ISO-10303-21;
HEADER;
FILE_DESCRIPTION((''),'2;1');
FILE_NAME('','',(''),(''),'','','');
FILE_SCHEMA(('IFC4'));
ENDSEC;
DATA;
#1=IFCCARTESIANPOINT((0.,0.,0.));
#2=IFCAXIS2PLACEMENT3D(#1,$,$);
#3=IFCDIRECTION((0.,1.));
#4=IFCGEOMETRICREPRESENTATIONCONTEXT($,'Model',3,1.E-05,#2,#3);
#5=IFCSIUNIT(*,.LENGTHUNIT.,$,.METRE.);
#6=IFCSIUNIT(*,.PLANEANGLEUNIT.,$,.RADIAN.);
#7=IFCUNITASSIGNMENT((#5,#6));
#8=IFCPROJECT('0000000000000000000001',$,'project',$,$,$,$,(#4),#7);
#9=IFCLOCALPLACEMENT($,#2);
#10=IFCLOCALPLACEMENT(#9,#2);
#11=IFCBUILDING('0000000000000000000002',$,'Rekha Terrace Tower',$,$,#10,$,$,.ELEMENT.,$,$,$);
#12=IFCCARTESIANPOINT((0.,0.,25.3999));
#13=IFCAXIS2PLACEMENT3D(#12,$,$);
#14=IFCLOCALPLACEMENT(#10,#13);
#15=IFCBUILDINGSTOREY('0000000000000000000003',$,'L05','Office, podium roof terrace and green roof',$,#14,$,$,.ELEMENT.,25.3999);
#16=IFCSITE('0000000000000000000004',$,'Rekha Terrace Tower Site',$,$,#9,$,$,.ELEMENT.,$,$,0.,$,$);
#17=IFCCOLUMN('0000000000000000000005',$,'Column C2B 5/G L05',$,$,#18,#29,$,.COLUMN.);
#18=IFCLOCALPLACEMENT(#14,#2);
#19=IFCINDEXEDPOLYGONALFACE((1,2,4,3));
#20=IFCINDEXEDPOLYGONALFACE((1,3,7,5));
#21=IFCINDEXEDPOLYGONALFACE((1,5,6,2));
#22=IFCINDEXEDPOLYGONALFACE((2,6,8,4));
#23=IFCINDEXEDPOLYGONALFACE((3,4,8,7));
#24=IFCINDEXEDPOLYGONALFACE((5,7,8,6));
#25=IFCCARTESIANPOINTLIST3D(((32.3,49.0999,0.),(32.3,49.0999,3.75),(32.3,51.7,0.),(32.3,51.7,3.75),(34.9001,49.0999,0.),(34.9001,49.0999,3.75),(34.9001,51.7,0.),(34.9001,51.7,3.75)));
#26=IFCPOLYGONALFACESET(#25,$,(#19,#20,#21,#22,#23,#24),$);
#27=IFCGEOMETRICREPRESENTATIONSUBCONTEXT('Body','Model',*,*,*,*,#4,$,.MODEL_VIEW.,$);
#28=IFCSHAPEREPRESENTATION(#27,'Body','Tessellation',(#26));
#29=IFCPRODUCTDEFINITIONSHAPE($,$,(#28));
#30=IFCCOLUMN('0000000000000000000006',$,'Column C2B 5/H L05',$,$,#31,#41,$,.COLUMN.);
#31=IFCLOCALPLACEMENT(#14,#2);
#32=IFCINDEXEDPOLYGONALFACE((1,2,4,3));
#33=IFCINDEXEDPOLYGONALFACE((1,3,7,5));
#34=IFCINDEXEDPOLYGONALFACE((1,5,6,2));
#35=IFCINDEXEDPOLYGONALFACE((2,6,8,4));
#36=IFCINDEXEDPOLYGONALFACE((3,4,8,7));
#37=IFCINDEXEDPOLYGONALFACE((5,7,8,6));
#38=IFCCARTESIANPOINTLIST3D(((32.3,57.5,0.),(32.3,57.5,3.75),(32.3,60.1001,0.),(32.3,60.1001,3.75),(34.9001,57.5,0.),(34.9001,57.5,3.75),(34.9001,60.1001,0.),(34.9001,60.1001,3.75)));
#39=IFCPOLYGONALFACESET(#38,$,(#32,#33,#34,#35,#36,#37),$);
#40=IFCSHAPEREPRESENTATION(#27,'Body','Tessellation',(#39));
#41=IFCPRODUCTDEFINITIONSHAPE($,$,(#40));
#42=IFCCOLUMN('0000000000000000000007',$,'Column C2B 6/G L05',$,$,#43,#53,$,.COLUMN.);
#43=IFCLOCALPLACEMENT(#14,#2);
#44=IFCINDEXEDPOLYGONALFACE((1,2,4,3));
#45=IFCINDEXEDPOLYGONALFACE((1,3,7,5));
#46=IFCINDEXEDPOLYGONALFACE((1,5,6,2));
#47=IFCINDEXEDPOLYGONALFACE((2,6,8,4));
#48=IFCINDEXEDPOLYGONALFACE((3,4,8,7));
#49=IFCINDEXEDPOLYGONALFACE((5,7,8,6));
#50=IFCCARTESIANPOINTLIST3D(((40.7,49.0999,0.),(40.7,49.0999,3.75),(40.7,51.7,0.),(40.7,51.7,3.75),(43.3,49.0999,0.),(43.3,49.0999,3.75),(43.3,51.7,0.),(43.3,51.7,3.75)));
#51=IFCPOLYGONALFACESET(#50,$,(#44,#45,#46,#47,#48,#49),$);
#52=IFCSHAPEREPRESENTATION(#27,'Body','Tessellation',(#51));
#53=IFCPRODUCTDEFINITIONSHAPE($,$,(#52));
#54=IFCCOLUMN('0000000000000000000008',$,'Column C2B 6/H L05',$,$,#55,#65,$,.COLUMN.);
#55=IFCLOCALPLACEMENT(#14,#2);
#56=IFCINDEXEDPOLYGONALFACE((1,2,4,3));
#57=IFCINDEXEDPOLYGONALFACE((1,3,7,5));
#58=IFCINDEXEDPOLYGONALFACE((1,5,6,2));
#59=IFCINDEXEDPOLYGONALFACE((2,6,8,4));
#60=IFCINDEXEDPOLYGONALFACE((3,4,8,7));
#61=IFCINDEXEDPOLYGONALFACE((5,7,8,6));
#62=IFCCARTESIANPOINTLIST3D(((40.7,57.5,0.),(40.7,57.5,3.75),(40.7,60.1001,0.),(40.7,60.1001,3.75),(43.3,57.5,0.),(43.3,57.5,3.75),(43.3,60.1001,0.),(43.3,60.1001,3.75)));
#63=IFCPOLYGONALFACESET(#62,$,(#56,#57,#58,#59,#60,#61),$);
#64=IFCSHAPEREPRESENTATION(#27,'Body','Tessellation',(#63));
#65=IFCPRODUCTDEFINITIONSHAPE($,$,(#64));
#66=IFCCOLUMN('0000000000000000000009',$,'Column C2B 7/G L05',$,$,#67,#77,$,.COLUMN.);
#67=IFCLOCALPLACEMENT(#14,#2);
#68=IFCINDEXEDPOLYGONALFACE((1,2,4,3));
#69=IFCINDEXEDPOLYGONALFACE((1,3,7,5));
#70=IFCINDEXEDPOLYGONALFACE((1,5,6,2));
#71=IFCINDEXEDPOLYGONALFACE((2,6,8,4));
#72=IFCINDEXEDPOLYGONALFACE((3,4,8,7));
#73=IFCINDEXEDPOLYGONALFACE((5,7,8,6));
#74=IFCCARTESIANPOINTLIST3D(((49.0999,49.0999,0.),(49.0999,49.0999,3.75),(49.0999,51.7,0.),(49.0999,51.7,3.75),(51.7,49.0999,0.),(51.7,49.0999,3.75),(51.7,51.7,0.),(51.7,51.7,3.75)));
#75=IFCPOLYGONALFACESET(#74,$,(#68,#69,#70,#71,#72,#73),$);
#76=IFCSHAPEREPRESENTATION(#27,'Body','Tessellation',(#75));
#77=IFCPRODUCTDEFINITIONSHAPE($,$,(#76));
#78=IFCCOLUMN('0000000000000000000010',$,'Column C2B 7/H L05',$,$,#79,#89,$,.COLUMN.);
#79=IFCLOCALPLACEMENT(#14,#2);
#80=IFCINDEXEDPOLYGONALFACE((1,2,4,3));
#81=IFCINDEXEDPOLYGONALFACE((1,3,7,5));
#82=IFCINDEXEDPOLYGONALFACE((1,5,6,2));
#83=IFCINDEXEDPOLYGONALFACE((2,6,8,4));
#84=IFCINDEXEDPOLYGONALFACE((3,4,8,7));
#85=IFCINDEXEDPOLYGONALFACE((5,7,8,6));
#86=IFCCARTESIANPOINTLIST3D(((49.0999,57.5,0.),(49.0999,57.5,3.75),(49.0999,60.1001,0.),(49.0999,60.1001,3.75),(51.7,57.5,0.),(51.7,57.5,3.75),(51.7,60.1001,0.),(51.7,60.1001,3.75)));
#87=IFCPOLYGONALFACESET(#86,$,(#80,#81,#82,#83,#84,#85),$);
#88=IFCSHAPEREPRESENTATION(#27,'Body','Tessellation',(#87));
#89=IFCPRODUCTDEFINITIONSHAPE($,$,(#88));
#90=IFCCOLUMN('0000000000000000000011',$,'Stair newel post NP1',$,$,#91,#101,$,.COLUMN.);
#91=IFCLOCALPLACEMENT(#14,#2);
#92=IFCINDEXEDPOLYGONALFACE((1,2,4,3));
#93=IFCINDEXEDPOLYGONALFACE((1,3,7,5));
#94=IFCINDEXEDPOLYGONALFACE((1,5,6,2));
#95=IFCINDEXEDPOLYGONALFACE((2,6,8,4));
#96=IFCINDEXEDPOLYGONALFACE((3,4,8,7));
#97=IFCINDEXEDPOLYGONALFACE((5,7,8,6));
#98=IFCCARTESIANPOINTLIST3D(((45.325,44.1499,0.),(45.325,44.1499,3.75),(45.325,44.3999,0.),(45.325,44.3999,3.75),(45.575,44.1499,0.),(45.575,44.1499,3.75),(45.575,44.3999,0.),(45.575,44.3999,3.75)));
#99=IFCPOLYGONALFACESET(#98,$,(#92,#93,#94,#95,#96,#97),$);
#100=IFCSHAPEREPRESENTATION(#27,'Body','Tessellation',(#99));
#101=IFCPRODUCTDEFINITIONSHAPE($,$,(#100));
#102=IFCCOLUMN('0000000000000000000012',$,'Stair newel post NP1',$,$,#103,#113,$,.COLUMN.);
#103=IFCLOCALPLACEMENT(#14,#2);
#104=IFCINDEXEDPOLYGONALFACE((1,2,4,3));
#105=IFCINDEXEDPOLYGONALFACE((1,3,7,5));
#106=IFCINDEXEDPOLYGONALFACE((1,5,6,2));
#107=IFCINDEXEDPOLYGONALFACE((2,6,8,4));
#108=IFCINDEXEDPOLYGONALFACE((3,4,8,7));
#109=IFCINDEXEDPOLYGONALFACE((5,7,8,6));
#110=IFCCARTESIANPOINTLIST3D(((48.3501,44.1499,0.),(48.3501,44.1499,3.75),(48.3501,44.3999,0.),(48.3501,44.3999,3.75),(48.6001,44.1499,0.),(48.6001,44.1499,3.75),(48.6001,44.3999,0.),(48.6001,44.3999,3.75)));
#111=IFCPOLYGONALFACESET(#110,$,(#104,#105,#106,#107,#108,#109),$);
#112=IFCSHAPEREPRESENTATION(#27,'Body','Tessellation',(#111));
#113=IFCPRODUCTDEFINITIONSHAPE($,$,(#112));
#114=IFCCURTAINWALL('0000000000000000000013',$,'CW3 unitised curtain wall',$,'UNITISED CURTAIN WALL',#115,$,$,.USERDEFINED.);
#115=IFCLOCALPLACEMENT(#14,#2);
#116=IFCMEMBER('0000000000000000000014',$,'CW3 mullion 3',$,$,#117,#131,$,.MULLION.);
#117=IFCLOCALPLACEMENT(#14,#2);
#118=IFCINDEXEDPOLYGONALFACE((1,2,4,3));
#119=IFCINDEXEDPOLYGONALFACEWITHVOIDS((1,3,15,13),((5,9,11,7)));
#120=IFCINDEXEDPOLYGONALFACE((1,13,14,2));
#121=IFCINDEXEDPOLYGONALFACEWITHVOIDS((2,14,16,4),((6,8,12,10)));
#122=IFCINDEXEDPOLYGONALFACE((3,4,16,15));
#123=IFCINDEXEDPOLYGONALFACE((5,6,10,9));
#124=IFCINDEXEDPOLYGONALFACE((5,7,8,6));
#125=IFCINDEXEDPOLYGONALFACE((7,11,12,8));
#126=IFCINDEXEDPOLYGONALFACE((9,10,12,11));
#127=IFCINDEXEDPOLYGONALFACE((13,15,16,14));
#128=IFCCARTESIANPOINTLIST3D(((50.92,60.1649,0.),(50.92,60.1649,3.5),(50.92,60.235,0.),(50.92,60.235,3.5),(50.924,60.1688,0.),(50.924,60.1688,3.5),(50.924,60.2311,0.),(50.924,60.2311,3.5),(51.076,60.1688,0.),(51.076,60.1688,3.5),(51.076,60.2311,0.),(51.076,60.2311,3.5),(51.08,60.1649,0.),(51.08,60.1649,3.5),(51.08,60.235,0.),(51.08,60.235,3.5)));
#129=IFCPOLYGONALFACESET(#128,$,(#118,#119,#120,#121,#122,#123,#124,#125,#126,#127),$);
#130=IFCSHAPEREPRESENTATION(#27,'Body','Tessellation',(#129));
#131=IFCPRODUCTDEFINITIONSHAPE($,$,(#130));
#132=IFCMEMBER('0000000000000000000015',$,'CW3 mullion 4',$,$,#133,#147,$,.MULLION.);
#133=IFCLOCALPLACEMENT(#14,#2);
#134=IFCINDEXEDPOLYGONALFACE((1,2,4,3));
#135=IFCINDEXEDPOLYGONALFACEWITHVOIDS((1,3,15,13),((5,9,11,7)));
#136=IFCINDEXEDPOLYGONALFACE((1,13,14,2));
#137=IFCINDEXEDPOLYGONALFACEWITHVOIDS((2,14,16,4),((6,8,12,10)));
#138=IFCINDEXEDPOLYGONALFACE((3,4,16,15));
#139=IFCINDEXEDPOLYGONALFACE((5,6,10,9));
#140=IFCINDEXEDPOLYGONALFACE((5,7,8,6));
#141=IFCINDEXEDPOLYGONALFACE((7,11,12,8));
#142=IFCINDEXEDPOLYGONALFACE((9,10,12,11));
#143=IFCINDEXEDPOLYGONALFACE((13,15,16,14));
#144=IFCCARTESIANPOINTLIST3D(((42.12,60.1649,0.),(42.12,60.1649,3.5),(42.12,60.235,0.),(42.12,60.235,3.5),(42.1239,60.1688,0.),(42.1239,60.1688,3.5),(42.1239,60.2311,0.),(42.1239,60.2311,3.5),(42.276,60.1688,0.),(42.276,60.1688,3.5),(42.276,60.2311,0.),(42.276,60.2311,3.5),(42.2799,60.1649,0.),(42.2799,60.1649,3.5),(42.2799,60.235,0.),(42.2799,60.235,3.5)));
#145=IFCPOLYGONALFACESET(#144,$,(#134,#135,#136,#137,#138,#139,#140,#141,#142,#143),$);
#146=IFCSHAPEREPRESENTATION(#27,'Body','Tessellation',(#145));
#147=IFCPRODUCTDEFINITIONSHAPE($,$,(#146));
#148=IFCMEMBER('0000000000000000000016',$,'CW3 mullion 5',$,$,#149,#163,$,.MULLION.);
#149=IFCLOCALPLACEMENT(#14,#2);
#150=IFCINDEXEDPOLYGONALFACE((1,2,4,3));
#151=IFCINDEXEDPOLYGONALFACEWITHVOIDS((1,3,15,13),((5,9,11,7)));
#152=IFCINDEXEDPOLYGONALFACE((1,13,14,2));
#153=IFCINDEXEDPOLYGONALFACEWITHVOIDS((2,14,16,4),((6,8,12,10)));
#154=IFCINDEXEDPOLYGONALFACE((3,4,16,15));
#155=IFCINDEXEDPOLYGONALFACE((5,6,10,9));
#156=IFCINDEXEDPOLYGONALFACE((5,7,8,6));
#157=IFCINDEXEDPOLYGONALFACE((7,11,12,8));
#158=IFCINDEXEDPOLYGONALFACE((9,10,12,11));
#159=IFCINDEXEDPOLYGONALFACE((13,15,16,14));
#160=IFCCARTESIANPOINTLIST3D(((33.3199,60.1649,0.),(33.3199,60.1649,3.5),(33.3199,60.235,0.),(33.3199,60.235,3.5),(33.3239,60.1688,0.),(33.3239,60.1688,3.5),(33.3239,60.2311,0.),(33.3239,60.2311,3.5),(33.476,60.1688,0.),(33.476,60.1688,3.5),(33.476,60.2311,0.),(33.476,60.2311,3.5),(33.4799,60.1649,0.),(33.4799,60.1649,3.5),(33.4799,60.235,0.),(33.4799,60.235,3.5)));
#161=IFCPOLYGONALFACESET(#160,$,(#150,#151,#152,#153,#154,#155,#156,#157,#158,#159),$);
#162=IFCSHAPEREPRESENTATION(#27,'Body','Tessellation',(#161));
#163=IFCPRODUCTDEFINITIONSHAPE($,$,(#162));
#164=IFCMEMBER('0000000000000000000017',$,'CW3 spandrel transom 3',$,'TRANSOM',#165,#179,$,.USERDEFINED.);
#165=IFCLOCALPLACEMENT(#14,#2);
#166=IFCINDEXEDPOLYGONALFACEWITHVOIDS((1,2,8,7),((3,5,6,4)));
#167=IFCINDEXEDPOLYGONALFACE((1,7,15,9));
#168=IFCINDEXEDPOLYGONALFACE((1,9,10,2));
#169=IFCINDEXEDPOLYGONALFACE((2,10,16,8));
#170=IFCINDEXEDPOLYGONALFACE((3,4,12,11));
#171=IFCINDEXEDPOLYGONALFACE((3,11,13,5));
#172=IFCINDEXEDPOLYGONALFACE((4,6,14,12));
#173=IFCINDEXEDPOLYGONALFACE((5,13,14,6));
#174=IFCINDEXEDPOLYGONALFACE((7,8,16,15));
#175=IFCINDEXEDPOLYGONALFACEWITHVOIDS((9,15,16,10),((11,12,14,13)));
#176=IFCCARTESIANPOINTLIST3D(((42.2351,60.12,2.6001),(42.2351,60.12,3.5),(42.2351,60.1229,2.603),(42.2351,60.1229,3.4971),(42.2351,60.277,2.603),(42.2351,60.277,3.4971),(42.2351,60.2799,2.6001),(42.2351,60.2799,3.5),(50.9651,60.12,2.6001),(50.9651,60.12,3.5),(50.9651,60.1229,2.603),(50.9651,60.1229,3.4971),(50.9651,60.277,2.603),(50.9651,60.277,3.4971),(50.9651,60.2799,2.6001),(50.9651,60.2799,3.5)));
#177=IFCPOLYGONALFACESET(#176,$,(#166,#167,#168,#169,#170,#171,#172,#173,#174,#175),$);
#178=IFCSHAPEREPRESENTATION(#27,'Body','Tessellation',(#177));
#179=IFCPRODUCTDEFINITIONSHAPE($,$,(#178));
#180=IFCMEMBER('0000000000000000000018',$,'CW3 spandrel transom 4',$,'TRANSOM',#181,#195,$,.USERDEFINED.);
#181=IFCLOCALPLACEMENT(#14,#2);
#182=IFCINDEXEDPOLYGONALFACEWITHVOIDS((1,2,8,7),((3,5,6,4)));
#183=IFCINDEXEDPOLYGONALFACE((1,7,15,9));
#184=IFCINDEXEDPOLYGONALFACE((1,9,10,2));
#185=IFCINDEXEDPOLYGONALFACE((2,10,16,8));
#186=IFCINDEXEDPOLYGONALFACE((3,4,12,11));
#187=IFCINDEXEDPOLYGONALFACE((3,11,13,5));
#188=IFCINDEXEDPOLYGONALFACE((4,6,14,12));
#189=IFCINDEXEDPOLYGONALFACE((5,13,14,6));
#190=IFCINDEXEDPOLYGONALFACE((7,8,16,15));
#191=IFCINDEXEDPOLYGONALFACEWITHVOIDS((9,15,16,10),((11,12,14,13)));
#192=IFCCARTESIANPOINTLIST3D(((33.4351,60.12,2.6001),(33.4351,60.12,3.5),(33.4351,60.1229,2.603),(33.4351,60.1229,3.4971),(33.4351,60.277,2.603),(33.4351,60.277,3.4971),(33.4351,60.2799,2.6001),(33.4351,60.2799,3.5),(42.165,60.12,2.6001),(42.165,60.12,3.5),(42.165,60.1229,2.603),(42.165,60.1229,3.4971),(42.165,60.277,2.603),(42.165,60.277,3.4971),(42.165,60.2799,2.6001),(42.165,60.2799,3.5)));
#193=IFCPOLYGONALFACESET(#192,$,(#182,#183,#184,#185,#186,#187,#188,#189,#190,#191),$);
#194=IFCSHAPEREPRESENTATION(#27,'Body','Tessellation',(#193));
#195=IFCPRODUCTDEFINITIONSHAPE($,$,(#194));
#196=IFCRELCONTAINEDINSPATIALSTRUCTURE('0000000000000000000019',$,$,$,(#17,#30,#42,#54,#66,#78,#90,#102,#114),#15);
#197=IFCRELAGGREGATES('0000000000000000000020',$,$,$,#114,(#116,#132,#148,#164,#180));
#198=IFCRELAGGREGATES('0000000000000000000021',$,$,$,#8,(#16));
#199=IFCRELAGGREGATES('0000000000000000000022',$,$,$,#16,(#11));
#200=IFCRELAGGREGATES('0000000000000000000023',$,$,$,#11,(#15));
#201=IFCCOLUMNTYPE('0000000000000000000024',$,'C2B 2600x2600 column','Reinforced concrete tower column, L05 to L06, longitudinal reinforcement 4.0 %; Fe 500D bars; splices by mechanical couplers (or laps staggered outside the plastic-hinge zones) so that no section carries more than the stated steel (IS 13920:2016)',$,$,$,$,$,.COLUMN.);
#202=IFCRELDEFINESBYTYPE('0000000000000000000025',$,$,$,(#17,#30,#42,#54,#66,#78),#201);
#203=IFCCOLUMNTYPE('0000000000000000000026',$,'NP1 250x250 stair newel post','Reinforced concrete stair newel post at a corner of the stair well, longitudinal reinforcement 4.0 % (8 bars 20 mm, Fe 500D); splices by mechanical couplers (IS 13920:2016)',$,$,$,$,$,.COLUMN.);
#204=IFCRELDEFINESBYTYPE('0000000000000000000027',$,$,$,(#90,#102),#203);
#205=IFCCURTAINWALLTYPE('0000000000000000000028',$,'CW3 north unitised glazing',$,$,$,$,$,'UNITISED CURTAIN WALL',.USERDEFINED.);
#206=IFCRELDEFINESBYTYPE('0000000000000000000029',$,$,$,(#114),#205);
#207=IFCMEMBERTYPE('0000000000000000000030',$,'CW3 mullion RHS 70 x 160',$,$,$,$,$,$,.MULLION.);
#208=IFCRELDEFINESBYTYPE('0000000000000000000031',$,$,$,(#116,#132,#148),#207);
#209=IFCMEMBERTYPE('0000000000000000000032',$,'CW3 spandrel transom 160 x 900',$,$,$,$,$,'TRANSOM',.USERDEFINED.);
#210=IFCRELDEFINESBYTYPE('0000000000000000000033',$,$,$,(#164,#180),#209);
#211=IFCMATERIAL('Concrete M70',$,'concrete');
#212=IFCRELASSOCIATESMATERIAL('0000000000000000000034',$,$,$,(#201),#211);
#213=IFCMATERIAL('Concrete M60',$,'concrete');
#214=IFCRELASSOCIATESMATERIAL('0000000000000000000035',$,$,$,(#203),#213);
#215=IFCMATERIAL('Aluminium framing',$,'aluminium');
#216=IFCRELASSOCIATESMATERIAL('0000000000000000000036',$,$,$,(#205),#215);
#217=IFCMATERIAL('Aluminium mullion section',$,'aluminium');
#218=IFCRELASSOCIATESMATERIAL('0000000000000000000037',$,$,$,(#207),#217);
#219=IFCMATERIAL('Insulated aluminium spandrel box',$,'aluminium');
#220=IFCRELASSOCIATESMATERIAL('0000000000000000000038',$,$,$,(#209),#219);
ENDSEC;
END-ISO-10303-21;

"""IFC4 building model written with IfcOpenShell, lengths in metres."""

from ifc_helpers import new_model, si_unit, direction, frame, origin, origin_2d, place, context, subcontext, project, spatial, rectangle, hollow_rectangle, extrude, material, material_profile, profile_set, type_object, element, aggregate, save


model = new_model("IFC4")

# Units and contexts
model_context = context("Model", 3, precision=1e-05, world=origin(), true_north=direction((0.0, 1.0)))
body_context = subcontext(model_context, "Body", "Model", "MODEL_VIEW")
ifc_project = project(units=[si_unit("LENGTHUNIT", "METRE"), si_unit("PLANEANGLEUNIT", "RADIAN")], contexts=[model_context])

# Site, building, storey
site_placement = place(None, origin())
site = spatial("IfcSite", under=ifc_project, at=site_placement, Name="Rekha Terrace Tower Site", CompositionType="ELEMENT", RefElevation=0.0)
building_placement = place(site_placement, origin())
building = spatial("IfcBuilding", under=site, at=building_placement, Name="Rekha Terrace Tower", CompositionType="ELEMENT")
storey_placement = place(building_placement, frame((0.0, 0.0, 25.3999)))
storey = spatial("IfcBuildingStorey", under=building, at=storey_placement, Name="L05", Description="Office, podium roof terrace and green roof", CompositionType="ELEMENT", Elevation=25.3999)

# Columns
ifc_material_1 = material(Name="Concrete M70", Category="concrete")
ifc_material_profile_1 = material_profile(ifc_material_1, rectangle(XDim=2.6001, YDim=2.6001, at=origin_2d()), Name="RC 2600x2600")
ifc_profile_set_1 = profile_set([ifc_material_profile_1], Name="Concrete M70")
column_type_1 = type_object("IfcColumnType", Name="C2B 2600x2600 column", Description="Reinforced concrete tower column, L05 to L06, longitudinal reinforcement 4.0 %; Fe 500D bars; splices by mechanical couplers (or laps staggered outside the plastic-hinge zones) so that no section carries more than the stated steel (IS 13920:2016)", PredefinedType="COLUMN", material=ifc_profile_set_1)
for number, where, z_axis, x_axis, name in (
    (1, (33.6001, 50.3999, 0.0), (0.0, 0.0, 1.0), (1.0, 0.0, 0.0), "Column C2B 5/G L05"),
    (2, (33.6001, 58.8, 0.0), (0.0, 0.0, 1.0), (1.0, 0.0, 0.0), "Column C2B 5/H L05"),
    (3, (42.0, 50.3999, 0.0), (0.0, 0.0, 1.0), (1.0, 0.0, 0.0), "Column C2B 6/G L05"),
    (4, (42.0, 58.8, 0.0), (0.0, 0.0, 1.0), (1.0, 0.0, 0.0), "Column C2B 6/H L05"),
    (5, (50.3999, 50.3999, 0.0), (0.0, 0.0, 1.0), (1.0, 0.0, 0.0), "Column C2B 7/G L05"),
    (6, (50.3999, 58.8, 0.0), (0.0, 0.0, 1.0), (1.0, 0.0, 0.0), "Column C2B 7/H L05"),
):
    element("IfcColumn", number, at=place(storey_placement, frame(where, z_axis=z_axis, x_axis=x_axis)), inside=storey, type_object=column_type_1, Name=name, PredefinedType="COLUMN", context=body_context, shape_type="SweptSolid", body=[
        extrude(rectangle(XDim=2.6001, YDim=2.6001, at=origin_2d()), origin(), (0.0, 0.0, 1.0), 3.75),
    ])
ifc_material_2 = material(Name="Concrete M60", Category="concrete")
ifc_material_profile_2 = material_profile(ifc_material_2, rectangle(XDim=0.25, YDim=0.25, at=origin_2d()), Name="RC 250x250")
ifc_profile_set_2 = profile_set([ifc_material_profile_2], Name="Concrete M60")
column_type_2 = type_object("IfcColumnType", Name="NP1 250x250 stair newel post", Description="Reinforced concrete stair newel post at a corner of the stair well, longitudinal reinforcement 4.0 % (8 bars 20 mm, Fe 500D); splices by mechanical couplers (IS 13920:2016)", PredefinedType="COLUMN", material=ifc_profile_set_2)
for number, where, z_axis, x_axis, name in (
    (7, (45.45, 44.2749, 0.0), (0.0, 0.0, 1.0), (1.0, 0.0, 0.0), "Stair newel post NP1"),
    (8, (48.4751, 44.2749, 0.0), (0.0, 0.0, 1.0), (1.0, 0.0, 0.0), "Stair newel post NP1"),
):
    element("IfcColumn", number, at=place(storey_placement, frame(where, z_axis=z_axis, x_axis=x_axis)), inside=storey, type_object=column_type_2, Name=name, PredefinedType="COLUMN", context=body_context, shape_type="SweptSolid", body=[
        extrude(rectangle(XDim=0.25, YDim=0.25, at=origin_2d()), origin(), (0.0, 0.0, 1.0), 3.75),
    ])

# Curtain wall, members
ifc_material_3 = material(Name="Aluminium framing", Category="aluminium")
curtain_wall_type = type_object("IfcCurtainWallType", Name="CW3 north unitised glazing", ElementType="UNITISED CURTAIN WALL", PredefinedType="USERDEFINED", material=ifc_material_3)
curtain_wall_placement = place(storey_placement, origin())
curtain_wall = element("IfcCurtainWall", 9, at=curtain_wall_placement, inside=storey, type_object=curtain_wall_type, Name="CW3 unitised curtain wall", ObjectType="UNITISED CURTAIN WALL", PredefinedType="USERDEFINED")
ifc_material_4 = material(Name="Aluminium mullion section", Category="aluminium")
ifc_material_profile_3 = material_profile(ifc_material_4, hollow_rectangle(XDim=0.0701, YDim=0.1599, WallThickness=0.0039, at=origin_2d()), Name="AL RHS 70x160")
ifc_profile_set_3 = profile_set([ifc_material_profile_3], Name="Aluminium mullion section")
member_type_1 = type_object("IfcMemberType", Name="CW3 mullion RHS 70 x 160", PredefinedType="MULLION", material=ifc_profile_set_3)
member_1_placement = place(storey_placement, frame((51.0, 60.2, 0.0), z_axis=(0.0, 0.0, 1.0), x_axis=(0.0, -1.0, 0.0)))
member_1 = element("IfcMember", 10, at=member_1_placement, type_object=member_type_1, Name="CW3 mullion 3", PredefinedType="MULLION", context=body_context, shape_type="SweptSolid", body=[
    extrude(hollow_rectangle(XDim=0.0701, YDim=0.1599, WallThickness=0.0039, at=origin_2d()), origin(), (0.0, 0.0, 1.0), 3.5),
])
member_2_placement = place(storey_placement, frame((42.2, 60.2, 0.0), z_axis=(0.0, 0.0, 1.0), x_axis=(0.0, -1.0, 0.0)))
member_2 = element("IfcMember", 11, at=member_2_placement, type_object=member_type_1, Name="CW3 mullion 4", PredefinedType="MULLION", context=body_context, shape_type="SweptSolid", body=[
    extrude(hollow_rectangle(XDim=0.0701, YDim=0.1599, WallThickness=0.0039, at=origin_2d()), origin(), (0.0, 0.0, 1.0), 3.5),
])
member_3_placement = place(storey_placement, frame((33.3999, 60.2, 0.0), z_axis=(0.0, 0.0, 1.0), x_axis=(0.0, -1.0, 0.0)))
member_3 = element("IfcMember", 12, at=member_3_placement, type_object=member_type_1, Name="CW3 mullion 5", PredefinedType="MULLION", context=body_context, shape_type="SweptSolid", body=[
    extrude(hollow_rectangle(XDim=0.0701, YDim=0.1599, WallThickness=0.0039, at=origin_2d()), origin(), (0.0, 0.0, 1.0), 3.5),
])
ifc_material_5 = material(Name="Insulated aluminium spandrel box", Category="aluminium")
ifc_material_profile_4 = material_profile(ifc_material_5, hollow_rectangle(XDim=0.1599, YDim=0.8999, WallThickness=0.0029, at=origin_2d()), Name="AL SPANDREL BOX 160x900")
ifc_profile_set_4 = profile_set([ifc_material_profile_4], Name="Insulated aluminium spandrel box")
member_type_2 = type_object("IfcMemberType", Name="CW3 spandrel transom 160 x 900", ElementType="TRANSOM", PredefinedType="USERDEFINED", material=ifc_profile_set_4)
member_4_placement = place(storey_placement, frame((50.9651, 60.2, 3.05), z_axis=(-1.0, 0.0, 0.0), x_axis=(0.0, -1.0, 0.0)))
member_4 = element("IfcMember", 13, at=member_4_placement, type_object=member_type_2, Name="CW3 spandrel transom 3", ObjectType="TRANSOM", PredefinedType="USERDEFINED", context=body_context, shape_type="SweptSolid", body=[
    extrude(hollow_rectangle(XDim=0.1599, YDim=0.8999, WallThickness=0.0029, at=origin_2d()), origin(), (0.0, 0.0, 1.0), 8.73),
])
member_5_placement = place(storey_placement, frame((42.165, 60.2, 3.05), z_axis=(-1.0, 0.0, 0.0), x_axis=(0.0, -1.0, 0.0)))
member_5 = element("IfcMember", 14, at=member_5_placement, type_object=member_type_2, Name="CW3 spandrel transom 4", ObjectType="TRANSOM", PredefinedType="USERDEFINED", context=body_context, shape_type="SweptSolid", body=[
    extrude(hollow_rectangle(XDim=0.1599, YDim=0.8999, WallThickness=0.0029, at=origin_2d()), origin(), (0.0, 0.0, 1.0), 8.73),
])

aggregate(curtain_wall, [member_1, member_2, member_3, member_4, member_5])

save(model, "model.ifc")
